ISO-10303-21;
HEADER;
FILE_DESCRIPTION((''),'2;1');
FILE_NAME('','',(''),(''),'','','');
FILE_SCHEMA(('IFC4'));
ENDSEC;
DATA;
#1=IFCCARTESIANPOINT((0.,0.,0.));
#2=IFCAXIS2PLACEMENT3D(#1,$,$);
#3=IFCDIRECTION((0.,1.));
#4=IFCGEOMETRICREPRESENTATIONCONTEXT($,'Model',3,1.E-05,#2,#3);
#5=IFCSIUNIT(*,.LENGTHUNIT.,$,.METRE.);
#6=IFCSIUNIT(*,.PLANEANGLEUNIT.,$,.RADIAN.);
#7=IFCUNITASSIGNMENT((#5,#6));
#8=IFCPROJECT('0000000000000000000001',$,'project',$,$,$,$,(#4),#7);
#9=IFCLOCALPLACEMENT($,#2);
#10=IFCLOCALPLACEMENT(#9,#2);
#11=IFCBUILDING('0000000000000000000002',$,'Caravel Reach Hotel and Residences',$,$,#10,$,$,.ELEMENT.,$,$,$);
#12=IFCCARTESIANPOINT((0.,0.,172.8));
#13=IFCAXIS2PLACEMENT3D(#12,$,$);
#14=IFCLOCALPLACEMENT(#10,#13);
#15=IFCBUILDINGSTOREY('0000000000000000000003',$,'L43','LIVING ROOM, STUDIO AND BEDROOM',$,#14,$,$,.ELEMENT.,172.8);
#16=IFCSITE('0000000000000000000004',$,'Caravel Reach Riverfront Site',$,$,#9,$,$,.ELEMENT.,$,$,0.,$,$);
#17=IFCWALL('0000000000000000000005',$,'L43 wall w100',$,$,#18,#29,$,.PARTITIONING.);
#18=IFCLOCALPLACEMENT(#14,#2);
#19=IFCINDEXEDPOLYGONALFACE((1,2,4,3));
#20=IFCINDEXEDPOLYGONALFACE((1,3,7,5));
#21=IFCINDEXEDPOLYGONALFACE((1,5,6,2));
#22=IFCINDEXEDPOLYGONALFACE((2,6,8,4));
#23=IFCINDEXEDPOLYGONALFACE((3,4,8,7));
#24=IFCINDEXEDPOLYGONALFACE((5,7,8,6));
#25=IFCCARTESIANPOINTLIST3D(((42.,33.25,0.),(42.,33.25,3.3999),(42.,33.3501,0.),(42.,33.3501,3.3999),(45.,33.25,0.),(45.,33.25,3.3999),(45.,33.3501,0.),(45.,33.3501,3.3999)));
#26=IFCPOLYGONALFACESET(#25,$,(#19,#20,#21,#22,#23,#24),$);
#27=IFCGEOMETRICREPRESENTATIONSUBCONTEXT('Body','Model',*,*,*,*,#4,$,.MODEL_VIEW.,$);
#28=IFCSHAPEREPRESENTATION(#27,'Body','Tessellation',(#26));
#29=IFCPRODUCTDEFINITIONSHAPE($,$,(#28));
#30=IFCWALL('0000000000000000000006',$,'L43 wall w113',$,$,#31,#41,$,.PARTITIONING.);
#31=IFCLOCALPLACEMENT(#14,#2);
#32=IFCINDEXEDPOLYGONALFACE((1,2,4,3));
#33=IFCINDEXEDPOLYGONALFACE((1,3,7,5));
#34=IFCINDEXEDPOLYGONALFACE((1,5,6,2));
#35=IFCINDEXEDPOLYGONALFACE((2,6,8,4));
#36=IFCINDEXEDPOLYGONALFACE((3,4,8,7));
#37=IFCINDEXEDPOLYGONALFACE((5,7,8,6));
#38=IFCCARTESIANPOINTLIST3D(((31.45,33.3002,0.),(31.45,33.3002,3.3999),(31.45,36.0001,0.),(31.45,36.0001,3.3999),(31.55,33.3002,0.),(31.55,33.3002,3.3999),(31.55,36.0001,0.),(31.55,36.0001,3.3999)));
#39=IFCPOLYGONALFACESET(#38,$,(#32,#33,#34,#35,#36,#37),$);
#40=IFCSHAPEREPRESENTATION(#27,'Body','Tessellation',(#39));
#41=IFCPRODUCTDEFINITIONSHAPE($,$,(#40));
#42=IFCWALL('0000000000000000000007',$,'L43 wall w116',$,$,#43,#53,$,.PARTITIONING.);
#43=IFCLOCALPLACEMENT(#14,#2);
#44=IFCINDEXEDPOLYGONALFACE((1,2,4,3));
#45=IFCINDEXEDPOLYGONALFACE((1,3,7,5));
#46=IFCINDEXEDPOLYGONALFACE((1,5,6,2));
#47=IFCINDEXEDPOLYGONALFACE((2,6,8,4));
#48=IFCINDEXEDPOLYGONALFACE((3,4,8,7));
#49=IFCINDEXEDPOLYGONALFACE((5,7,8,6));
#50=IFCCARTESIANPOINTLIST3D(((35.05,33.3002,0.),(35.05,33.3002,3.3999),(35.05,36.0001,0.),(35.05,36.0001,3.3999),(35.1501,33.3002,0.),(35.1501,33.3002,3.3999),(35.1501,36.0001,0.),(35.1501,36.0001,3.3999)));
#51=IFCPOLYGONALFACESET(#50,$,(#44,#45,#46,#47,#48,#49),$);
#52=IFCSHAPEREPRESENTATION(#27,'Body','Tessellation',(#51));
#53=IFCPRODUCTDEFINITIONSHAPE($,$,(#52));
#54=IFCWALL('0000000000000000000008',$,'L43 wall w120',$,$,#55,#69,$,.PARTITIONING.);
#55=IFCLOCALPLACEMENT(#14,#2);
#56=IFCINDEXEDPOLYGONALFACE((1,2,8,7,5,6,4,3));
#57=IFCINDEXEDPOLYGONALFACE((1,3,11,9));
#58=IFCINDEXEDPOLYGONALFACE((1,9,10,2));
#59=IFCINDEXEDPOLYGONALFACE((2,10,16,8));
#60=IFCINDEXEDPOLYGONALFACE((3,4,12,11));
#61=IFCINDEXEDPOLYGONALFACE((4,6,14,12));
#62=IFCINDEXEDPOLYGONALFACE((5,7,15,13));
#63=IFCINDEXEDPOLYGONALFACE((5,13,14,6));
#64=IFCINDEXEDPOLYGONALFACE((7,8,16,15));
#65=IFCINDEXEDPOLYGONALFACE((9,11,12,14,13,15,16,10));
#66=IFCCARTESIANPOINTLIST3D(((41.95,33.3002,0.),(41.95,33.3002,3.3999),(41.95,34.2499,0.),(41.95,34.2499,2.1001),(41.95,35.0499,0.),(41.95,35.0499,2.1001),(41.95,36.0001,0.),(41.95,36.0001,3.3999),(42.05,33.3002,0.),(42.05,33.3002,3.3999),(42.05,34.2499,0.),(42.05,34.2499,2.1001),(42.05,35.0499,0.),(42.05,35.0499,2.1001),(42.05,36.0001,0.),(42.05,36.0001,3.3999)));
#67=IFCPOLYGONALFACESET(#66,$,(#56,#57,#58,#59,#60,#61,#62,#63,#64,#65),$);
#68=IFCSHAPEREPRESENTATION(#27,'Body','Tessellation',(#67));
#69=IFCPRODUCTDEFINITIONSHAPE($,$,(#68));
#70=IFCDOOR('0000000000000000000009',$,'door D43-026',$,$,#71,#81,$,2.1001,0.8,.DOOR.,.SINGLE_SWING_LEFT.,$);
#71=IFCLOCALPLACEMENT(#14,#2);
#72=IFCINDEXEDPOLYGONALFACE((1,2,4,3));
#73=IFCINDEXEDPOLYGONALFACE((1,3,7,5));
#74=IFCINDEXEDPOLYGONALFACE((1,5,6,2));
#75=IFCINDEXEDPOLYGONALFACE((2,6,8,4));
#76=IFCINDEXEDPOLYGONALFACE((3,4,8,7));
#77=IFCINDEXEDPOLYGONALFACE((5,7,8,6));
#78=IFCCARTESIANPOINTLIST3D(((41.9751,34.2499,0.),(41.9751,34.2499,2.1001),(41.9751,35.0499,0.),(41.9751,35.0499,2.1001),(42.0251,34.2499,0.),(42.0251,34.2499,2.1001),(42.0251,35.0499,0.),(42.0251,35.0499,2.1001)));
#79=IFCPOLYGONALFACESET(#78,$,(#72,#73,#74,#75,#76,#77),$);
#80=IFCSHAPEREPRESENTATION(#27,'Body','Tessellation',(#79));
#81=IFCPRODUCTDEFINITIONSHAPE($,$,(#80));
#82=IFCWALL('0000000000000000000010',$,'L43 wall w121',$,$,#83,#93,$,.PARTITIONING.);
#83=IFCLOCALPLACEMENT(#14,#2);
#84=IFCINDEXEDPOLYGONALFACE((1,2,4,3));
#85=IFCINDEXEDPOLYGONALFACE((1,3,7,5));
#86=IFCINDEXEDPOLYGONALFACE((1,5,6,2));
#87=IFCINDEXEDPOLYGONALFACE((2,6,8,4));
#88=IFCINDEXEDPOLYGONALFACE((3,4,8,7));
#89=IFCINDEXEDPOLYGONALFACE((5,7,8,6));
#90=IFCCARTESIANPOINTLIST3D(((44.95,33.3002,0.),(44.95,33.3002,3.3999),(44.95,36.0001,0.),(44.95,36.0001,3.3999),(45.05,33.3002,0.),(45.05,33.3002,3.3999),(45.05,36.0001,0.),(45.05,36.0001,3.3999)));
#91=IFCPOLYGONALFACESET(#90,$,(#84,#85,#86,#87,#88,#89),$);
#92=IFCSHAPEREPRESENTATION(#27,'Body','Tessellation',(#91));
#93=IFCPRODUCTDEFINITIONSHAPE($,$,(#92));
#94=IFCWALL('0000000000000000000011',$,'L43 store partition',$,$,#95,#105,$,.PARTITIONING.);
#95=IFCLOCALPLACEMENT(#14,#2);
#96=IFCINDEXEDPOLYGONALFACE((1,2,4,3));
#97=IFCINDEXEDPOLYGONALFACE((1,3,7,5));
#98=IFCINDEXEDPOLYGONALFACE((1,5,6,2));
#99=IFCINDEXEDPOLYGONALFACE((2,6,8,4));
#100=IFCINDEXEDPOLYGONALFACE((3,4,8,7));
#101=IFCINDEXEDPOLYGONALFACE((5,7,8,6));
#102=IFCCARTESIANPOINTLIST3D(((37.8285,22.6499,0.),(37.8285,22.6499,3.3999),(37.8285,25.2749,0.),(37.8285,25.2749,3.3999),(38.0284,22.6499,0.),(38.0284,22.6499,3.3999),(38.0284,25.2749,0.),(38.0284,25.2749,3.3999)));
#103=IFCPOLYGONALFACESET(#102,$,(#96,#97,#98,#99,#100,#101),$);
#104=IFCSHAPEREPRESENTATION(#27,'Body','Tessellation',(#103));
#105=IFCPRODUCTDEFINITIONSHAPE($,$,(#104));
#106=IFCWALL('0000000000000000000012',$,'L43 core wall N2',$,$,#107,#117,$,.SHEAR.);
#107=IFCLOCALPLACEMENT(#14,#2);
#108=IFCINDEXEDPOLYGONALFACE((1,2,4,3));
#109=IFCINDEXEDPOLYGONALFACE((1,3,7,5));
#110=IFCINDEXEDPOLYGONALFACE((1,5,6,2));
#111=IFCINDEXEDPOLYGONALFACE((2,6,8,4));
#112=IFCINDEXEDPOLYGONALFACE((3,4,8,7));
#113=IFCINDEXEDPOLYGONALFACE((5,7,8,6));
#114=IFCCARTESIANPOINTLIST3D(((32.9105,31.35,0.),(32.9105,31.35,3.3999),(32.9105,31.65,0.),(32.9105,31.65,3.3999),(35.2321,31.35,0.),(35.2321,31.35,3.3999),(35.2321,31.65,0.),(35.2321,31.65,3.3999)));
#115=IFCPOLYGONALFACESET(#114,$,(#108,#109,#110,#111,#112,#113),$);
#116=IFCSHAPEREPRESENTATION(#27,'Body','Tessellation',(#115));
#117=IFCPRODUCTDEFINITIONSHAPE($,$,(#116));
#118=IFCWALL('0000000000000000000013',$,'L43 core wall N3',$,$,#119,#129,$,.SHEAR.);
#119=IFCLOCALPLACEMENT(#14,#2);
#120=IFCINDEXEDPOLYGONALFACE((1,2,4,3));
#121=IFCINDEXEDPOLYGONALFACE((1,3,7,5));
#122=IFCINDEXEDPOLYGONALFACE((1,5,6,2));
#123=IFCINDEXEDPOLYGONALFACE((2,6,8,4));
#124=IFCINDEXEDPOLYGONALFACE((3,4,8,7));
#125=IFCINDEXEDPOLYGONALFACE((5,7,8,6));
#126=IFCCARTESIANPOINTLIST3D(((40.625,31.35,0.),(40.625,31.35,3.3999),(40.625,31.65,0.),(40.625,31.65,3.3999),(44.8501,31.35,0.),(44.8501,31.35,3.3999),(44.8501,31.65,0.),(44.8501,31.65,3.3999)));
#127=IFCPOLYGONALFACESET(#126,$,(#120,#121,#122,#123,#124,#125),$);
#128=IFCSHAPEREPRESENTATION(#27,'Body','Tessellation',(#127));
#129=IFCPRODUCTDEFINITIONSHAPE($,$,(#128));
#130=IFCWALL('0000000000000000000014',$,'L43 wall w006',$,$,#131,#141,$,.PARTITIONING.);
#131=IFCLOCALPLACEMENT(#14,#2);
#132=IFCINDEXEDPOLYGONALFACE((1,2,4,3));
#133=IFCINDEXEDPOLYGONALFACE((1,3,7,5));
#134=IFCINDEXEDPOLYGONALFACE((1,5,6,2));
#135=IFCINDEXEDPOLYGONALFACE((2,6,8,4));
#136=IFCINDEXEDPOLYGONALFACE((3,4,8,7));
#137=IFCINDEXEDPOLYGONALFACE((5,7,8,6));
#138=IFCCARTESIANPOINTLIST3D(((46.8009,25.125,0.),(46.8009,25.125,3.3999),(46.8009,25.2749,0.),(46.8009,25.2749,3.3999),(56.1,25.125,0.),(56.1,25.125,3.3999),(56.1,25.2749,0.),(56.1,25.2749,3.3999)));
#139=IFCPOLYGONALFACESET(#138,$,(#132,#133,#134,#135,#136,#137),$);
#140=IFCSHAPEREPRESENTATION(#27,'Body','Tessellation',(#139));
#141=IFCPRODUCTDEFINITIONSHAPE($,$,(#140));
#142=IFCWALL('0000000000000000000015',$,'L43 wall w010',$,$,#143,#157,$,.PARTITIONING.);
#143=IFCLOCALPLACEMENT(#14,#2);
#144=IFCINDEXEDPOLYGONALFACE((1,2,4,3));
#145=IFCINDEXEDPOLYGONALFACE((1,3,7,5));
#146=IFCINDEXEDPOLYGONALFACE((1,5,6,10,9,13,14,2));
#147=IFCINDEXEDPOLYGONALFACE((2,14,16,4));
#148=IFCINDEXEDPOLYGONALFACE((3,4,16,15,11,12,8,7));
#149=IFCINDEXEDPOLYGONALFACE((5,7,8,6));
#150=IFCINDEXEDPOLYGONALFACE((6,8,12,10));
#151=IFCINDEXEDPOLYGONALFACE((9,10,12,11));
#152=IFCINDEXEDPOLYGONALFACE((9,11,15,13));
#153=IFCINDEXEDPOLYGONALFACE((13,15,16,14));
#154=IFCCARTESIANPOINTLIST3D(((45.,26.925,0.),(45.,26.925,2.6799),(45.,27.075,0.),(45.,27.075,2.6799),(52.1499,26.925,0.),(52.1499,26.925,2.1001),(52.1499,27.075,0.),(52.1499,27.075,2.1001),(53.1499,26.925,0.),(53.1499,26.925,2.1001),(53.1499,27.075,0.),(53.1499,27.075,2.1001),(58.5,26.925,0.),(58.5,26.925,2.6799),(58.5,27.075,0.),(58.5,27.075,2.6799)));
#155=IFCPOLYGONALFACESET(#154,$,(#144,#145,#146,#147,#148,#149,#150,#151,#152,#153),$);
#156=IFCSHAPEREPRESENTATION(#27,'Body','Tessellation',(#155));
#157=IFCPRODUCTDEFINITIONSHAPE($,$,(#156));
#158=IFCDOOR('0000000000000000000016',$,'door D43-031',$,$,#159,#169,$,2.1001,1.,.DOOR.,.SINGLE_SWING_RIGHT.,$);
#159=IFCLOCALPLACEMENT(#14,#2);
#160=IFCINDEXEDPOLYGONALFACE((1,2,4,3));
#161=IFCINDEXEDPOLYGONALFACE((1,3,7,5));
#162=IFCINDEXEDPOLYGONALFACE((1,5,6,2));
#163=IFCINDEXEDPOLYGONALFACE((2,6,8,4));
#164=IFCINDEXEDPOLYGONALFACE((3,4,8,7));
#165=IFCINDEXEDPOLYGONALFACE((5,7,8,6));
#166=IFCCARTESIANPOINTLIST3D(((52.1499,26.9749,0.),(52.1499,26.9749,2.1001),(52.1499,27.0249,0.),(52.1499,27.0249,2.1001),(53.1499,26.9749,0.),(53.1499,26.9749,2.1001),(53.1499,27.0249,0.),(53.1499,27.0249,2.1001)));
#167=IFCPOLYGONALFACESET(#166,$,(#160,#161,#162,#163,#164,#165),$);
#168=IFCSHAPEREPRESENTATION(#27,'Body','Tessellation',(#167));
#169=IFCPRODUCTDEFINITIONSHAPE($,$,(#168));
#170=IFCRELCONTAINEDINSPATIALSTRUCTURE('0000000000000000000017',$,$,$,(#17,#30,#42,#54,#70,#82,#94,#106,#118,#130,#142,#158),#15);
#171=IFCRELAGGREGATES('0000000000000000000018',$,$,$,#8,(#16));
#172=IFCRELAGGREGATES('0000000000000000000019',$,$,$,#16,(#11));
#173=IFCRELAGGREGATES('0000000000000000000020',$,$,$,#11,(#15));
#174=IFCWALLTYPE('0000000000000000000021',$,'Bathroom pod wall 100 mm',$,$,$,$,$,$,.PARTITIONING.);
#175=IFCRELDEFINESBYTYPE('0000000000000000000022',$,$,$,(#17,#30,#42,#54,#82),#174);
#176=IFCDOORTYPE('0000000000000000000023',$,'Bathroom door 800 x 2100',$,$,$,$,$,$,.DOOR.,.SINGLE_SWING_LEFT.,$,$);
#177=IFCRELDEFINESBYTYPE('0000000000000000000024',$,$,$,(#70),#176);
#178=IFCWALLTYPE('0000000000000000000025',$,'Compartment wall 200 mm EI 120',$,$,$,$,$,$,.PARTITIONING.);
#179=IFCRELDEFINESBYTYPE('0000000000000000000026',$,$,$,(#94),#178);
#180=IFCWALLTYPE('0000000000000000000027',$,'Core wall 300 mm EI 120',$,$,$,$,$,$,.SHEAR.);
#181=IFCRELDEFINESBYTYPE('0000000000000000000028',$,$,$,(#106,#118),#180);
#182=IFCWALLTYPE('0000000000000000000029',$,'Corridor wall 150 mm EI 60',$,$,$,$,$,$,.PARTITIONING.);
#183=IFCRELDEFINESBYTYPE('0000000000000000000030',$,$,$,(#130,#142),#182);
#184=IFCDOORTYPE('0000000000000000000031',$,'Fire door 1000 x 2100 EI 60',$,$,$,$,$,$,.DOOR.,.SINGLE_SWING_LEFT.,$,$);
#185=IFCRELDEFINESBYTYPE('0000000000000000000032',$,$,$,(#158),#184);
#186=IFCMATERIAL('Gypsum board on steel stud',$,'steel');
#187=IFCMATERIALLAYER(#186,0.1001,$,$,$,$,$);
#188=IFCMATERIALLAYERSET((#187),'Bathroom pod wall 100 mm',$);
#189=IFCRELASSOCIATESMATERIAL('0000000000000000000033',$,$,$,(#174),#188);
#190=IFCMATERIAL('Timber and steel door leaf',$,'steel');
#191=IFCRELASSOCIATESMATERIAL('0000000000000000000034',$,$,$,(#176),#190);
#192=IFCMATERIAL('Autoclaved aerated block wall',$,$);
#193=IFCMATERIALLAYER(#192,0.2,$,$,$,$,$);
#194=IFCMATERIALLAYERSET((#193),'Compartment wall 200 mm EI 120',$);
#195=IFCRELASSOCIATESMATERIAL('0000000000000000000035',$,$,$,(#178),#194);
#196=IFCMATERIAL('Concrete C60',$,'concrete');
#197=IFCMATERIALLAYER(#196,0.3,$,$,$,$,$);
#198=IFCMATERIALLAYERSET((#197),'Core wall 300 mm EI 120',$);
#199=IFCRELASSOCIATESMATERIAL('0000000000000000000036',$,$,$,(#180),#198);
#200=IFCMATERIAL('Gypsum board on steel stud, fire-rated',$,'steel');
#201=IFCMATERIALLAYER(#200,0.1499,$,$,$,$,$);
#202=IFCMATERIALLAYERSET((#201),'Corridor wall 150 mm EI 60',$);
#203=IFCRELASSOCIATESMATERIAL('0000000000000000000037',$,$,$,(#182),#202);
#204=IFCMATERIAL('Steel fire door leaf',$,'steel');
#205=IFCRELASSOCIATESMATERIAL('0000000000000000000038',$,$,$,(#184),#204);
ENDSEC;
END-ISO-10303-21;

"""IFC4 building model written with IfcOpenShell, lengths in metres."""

from ifc_helpers import new_model, si_unit, direction, frame, frame_2d, origin, place, context, subcontext, project, spatial, rectangle, extrude, material, layer, layer_set, type_object, element, fill, save


model = new_model("IFC4")

# Units and contexts
model_context = context("Model", 3, precision=1e-05, world=origin(), true_north=direction((0.0, 1.0)))
body_context = subcontext(model_context, "Body", "Model", "MODEL_VIEW")
ifc_project = project(units=[si_unit("LENGTHUNIT", "METRE"), si_unit("PLANEANGLEUNIT", "RADIAN")], contexts=[model_context])

# Site, building, storey
site_placement = place(None, origin())
site = spatial("IfcSite", under=ifc_project, at=site_placement, Name="Caravel Reach Riverfront Site", CompositionType="ELEMENT", RefElevation=0.0)
building_placement = place(site_placement, origin())
building = spatial("IfcBuilding", under=site, at=building_placement, Name="Caravel Reach Hotel and Residences", CompositionType="ELEMENT")
storey_placement = place(building_placement, frame((0.0, 0.0, 172.8)))
storey = spatial("IfcBuildingStorey", under=building, at=storey_placement, Name="L43", Description="LIVING ROOM, STUDIO AND BEDROOM", CompositionType="ELEMENT", Elevation=172.8)

# Walls
ifc_material_1 = material(Name="Gypsum board on steel stud", Category="steel")
ifc_layer_1 = layer(ifc_material_1, 0.1001)
ifc_layer_set_1 = layer_set([ifc_layer_1], Name="Bathroom pod wall 100 mm")
wall_type_1 = type_object("IfcWallType", Name="Bathroom pod wall 100 mm", PredefinedType="PARTITIONING", material=ifc_layer_set_1)
wall_1_placement = place(storey_placement, frame((42.0, 33.3, 0.0), z_axis=(0.0, 0.0, 1.0), x_axis=(1.0, 0.0, 0.0)))
element("IfcWall", 1, at=wall_1_placement, inside=storey, type_object=wall_type_1, Name="L43 wall w100", PredefinedType="PARTITIONING", context=body_context, shape_type="SweptSolid", body=[
    extrude(rectangle(XDim=3.0, YDim=0.1001, at=frame_2d((1.5, 0.0))), origin(), (0.0, 0.0, 1.0), 3.3999),
])
for number, where, z_axis, x_axis, name in (
    (2, (31.5, 33.3, 0.0), (0.0, 0.0, 1.0), (0.0, 1.0, 0.0), "L43 wall w113"),
    (3, (35.1001, 33.3, 0.0), (0.0, 0.0, 1.0), (0.0, 1.0, 0.0), "L43 wall w116"),
):
    element("IfcWall", number, at=place(storey_placement, frame(where, z_axis=z_axis, x_axis=x_axis)), inside=storey, type_object=wall_type_1, Name=name, PredefinedType="PARTITIONING", context=body_context, shape_type="SweptSolid", body=[
        extrude(rectangle(XDim=2.7, YDim=0.1001, at=frame_2d((1.3501, 0.0))), origin(), (0.0, 0.0, 1.0), 3.3999),
    ])

# Wall, opening, door
wall_2_placement = place(storey_placement, frame((42.0, 33.3, 0.0), z_axis=(0.0, 0.0, 1.0), x_axis=(0.0, 1.0, 0.0)))
wall_2 = element("IfcWall", 4, at=wall_2_placement, inside=storey, type_object=wall_type_1, Name="L43 wall w120", PredefinedType="PARTITIONING", context=body_context, shape_type="SweptSolid", body=[
    extrude(rectangle(XDim=2.7, YDim=0.1001, at=frame_2d((1.3501, 0.0))), origin(), (0.0, 0.0, 1.0), 3.3999),
])
opening_1_placement = place(wall_2_placement, frame((0.95, 0.0, 0.0)))
opening_1 = element("IfcOpeningElement", 5, at=opening_1_placement, cuts=wall_2, PredefinedType="OPENING", context=body_context, shape_type="SweptSolid", body=[
    extrude(rectangle(XDim=0.8, YDim=2.1001, at=frame_2d((0.3999, 1.05))), frame((0.0, 0.0601, 0.0), z_axis=(0.0, -1.0, 0.0), x_axis=(1.0, 0.0, 0.0)), (0.0, 0.0, 1.0), 0.1201),
])
ifc_material_2 = material(Name="Timber and steel door leaf", Category="steel")
door_type_1 = type_object("IfcDoorType", Name="Bathroom door 800 x 2100", OperationType="SINGLE_SWING_LEFT", PredefinedType="DOOR", material=ifc_material_2)
door_1_placement = place(opening_1_placement, origin())
door_1 = element("IfcDoor", 6, at=door_1_placement, inside=storey, type_object=door_type_1, Name="door D43-026", OperationType="SINGLE_SWING_LEFT", OverallHeight=2.1001, OverallWidth=0.8, PredefinedType="DOOR", context=body_context, shape_type="SweptSolid", body=[
    extrude(rectangle(XDim=0.8, YDim=2.1001, at=frame_2d((0.3999, 1.05))), frame((0.0, 0.0249, 0.0), z_axis=(0.0, -1.0, 0.0), x_axis=(1.0, 0.0, 0.0)), (0.0, 0.0, 1.0), 0.05),
])
fill(opening_1, door_1)

# Walls
wall_3_placement = place(storey_placement, frame((45.0, 33.3, 0.0), z_axis=(0.0, 0.0, 1.0), x_axis=(0.0, 1.0, 0.0)))
element("IfcWall", 7, at=wall_3_placement, inside=storey, type_object=wall_type_1, Name="L43 wall w121", PredefinedType="PARTITIONING", context=body_context, shape_type="SweptSolid", body=[
    extrude(rectangle(XDim=2.7, YDim=0.1001, at=frame_2d((1.3501, 0.0))), origin(), (0.0, 0.0, 1.0), 3.3999),
])
ifc_material_3 = material(Name="Autoclaved aerated block wall")
ifc_layer_2 = layer(ifc_material_3, 0.2)
ifc_layer_set_2 = layer_set([ifc_layer_2], Name="Compartment wall 200 mm EI 120")
wall_type_2 = type_object("IfcWallType", Name="Compartment wall 200 mm EI 120", PredefinedType="PARTITIONING", material=ifc_layer_set_2)
wall_4_placement = place(storey_placement, frame((37.9285, 22.6499, 0.0), z_axis=(0.0, 0.0, 1.0), x_axis=(0.0, 1.0, 0.0)))
element("IfcWall", 8, at=wall_4_placement, inside=storey, type_object=wall_type_2, Name="L43 store partition", PredefinedType="PARTITIONING", context=body_context, shape_type="SweptSolid", body=[
    extrude(rectangle(XDim=2.625, YDim=0.2, at=frame_2d((1.3125, 0.0))), origin(), (0.0, 0.0, 1.0), 3.3999),
])
ifc_material_4 = material(Name="Concrete C60", Category="concrete")
ifc_layer_3 = layer(ifc_material_4, 0.3)
ifc_layer_set_3 = layer_set([ifc_layer_3], Name="Core wall 300 mm EI 120")
wall_type_3 = type_object("IfcWallType", Name="Core wall 300 mm EI 120", PredefinedType="SHEAR", material=ifc_layer_set_3)
wall_5_placement = place(storey_placement, frame((32.9106, 31.5, 0.0), z_axis=(0.0, 0.0, 1.0), x_axis=(1.0, 0.0, 0.0)))
element("IfcWall", 9, at=wall_5_placement, inside=storey, type_object=wall_type_3, Name="L43 core wall N2", PredefinedType="SHEAR", context=body_context, shape_type="SweptSolid", body=[
    extrude(rectangle(XDim=2.3215, YDim=0.3, at=frame_2d((1.1606, 0.0))), origin(), (0.0, 0.0, 1.0), 3.3999),
])
wall_6_placement = place(storey_placement, frame((40.625, 31.5, 0.0), z_axis=(0.0, 0.0, 1.0), x_axis=(1.0, 0.0, 0.0)))
element("IfcWall", 10, at=wall_6_placement, inside=storey, type_object=wall_type_3, Name="L43 core wall N3", PredefinedType="SHEAR", context=body_context, shape_type="SweptSolid", body=[
    extrude(rectangle(XDim=4.2251, YDim=0.3, at=frame_2d((2.1125, 0.0))), origin(), (0.0, 0.0, 1.0), 3.3999),
])
ifc_material_5 = material(Name="Gypsum board on steel stud, fire-rated", Category="steel")
ifc_layer_4 = layer(ifc_material_5, 0.1499)
ifc_layer_set_4 = layer_set([ifc_layer_4], Name="Corridor wall 150 mm EI 60")
wall_type_4 = type_object("IfcWallType", Name="Corridor wall 150 mm EI 60", PredefinedType="PARTITIONING", material=ifc_layer_set_4)
wall_7_placement = place(storey_placement, frame((46.801, 25.2, 0.0), z_axis=(0.0, 0.0, 1.0), x_axis=(1.0, 0.0, 0.0)))
element("IfcWall", 11, at=wall_7_placement, inside=storey, type_object=wall_type_4, Name="L43 wall w006", PredefinedType="PARTITIONING", context=body_context, shape_type="SweptSolid", body=[
    extrude(rectangle(XDim=9.2991, YDim=0.1499, at=frame_2d((4.6494, 0.0))), origin(), (0.0, 0.0, 1.0), 3.3999),
])

# Wall, opening, door
wall_8_placement = place(storey_placement, frame((45.0, 27.0, 0.0), z_axis=(0.0, 0.0, 1.0), x_axis=(1.0, 0.0, 0.0)))
wall_8 = element("IfcWall", 12, at=wall_8_placement, inside=storey, type_object=wall_type_4, Name="L43 wall w010", PredefinedType="PARTITIONING", context=body_context, shape_type="SweptSolid", body=[
    extrude(rectangle(XDim=13.5, YDim=0.1499, at=frame_2d((6.75, 0.0))), origin(), (0.0, 0.0, 1.0), 2.6799),
])
opening_2_placement = place(wall_8_placement, frame((7.1499, 0.0, 0.0)))
opening_2 = element("IfcOpeningElement", 13, at=opening_2_placement, cuts=wall_8, PredefinedType="OPENING", context=body_context, shape_type="SweptSolid", body=[
    extrude(rectangle(XDim=1.0, YDim=2.1001, at=frame_2d((0.5, 1.05))), frame((0.0, 0.085, 0.0), z_axis=(0.0, -1.0, 0.0), x_axis=(1.0, 0.0, 0.0)), (0.0, 0.0, 1.0), 0.1699),
])
ifc_material_6 = material(Name="Steel fire door leaf", Category="steel")
door_type_2 = type_object("IfcDoorType", Name="Fire door 1000 x 2100 EI 60", OperationType="SINGLE_SWING_LEFT", PredefinedType="DOOR", material=ifc_material_6)
door_2_placement = place(opening_2_placement, origin())
door_2 = element("IfcDoor", 14, at=door_2_placement, inside=storey, type_object=door_type_2, Name="door D43-031", OperationType="SINGLE_SWING_RIGHT", OverallHeight=2.1001, OverallWidth=1.0, PredefinedType="DOOR", context=body_context, shape_type="SweptSolid", body=[
    extrude(rectangle(XDim=1.0, YDim=2.1001, at=frame_2d((0.5, 1.05))), frame((0.0, 0.0249, 0.0), z_axis=(0.0, -1.0, 0.0), x_axis=(1.0, 0.0, 0.0)), (0.0, 0.0, 1.0), 0.05),
])
fill(opening_2, door_2)

save(model, "model.ifc")
